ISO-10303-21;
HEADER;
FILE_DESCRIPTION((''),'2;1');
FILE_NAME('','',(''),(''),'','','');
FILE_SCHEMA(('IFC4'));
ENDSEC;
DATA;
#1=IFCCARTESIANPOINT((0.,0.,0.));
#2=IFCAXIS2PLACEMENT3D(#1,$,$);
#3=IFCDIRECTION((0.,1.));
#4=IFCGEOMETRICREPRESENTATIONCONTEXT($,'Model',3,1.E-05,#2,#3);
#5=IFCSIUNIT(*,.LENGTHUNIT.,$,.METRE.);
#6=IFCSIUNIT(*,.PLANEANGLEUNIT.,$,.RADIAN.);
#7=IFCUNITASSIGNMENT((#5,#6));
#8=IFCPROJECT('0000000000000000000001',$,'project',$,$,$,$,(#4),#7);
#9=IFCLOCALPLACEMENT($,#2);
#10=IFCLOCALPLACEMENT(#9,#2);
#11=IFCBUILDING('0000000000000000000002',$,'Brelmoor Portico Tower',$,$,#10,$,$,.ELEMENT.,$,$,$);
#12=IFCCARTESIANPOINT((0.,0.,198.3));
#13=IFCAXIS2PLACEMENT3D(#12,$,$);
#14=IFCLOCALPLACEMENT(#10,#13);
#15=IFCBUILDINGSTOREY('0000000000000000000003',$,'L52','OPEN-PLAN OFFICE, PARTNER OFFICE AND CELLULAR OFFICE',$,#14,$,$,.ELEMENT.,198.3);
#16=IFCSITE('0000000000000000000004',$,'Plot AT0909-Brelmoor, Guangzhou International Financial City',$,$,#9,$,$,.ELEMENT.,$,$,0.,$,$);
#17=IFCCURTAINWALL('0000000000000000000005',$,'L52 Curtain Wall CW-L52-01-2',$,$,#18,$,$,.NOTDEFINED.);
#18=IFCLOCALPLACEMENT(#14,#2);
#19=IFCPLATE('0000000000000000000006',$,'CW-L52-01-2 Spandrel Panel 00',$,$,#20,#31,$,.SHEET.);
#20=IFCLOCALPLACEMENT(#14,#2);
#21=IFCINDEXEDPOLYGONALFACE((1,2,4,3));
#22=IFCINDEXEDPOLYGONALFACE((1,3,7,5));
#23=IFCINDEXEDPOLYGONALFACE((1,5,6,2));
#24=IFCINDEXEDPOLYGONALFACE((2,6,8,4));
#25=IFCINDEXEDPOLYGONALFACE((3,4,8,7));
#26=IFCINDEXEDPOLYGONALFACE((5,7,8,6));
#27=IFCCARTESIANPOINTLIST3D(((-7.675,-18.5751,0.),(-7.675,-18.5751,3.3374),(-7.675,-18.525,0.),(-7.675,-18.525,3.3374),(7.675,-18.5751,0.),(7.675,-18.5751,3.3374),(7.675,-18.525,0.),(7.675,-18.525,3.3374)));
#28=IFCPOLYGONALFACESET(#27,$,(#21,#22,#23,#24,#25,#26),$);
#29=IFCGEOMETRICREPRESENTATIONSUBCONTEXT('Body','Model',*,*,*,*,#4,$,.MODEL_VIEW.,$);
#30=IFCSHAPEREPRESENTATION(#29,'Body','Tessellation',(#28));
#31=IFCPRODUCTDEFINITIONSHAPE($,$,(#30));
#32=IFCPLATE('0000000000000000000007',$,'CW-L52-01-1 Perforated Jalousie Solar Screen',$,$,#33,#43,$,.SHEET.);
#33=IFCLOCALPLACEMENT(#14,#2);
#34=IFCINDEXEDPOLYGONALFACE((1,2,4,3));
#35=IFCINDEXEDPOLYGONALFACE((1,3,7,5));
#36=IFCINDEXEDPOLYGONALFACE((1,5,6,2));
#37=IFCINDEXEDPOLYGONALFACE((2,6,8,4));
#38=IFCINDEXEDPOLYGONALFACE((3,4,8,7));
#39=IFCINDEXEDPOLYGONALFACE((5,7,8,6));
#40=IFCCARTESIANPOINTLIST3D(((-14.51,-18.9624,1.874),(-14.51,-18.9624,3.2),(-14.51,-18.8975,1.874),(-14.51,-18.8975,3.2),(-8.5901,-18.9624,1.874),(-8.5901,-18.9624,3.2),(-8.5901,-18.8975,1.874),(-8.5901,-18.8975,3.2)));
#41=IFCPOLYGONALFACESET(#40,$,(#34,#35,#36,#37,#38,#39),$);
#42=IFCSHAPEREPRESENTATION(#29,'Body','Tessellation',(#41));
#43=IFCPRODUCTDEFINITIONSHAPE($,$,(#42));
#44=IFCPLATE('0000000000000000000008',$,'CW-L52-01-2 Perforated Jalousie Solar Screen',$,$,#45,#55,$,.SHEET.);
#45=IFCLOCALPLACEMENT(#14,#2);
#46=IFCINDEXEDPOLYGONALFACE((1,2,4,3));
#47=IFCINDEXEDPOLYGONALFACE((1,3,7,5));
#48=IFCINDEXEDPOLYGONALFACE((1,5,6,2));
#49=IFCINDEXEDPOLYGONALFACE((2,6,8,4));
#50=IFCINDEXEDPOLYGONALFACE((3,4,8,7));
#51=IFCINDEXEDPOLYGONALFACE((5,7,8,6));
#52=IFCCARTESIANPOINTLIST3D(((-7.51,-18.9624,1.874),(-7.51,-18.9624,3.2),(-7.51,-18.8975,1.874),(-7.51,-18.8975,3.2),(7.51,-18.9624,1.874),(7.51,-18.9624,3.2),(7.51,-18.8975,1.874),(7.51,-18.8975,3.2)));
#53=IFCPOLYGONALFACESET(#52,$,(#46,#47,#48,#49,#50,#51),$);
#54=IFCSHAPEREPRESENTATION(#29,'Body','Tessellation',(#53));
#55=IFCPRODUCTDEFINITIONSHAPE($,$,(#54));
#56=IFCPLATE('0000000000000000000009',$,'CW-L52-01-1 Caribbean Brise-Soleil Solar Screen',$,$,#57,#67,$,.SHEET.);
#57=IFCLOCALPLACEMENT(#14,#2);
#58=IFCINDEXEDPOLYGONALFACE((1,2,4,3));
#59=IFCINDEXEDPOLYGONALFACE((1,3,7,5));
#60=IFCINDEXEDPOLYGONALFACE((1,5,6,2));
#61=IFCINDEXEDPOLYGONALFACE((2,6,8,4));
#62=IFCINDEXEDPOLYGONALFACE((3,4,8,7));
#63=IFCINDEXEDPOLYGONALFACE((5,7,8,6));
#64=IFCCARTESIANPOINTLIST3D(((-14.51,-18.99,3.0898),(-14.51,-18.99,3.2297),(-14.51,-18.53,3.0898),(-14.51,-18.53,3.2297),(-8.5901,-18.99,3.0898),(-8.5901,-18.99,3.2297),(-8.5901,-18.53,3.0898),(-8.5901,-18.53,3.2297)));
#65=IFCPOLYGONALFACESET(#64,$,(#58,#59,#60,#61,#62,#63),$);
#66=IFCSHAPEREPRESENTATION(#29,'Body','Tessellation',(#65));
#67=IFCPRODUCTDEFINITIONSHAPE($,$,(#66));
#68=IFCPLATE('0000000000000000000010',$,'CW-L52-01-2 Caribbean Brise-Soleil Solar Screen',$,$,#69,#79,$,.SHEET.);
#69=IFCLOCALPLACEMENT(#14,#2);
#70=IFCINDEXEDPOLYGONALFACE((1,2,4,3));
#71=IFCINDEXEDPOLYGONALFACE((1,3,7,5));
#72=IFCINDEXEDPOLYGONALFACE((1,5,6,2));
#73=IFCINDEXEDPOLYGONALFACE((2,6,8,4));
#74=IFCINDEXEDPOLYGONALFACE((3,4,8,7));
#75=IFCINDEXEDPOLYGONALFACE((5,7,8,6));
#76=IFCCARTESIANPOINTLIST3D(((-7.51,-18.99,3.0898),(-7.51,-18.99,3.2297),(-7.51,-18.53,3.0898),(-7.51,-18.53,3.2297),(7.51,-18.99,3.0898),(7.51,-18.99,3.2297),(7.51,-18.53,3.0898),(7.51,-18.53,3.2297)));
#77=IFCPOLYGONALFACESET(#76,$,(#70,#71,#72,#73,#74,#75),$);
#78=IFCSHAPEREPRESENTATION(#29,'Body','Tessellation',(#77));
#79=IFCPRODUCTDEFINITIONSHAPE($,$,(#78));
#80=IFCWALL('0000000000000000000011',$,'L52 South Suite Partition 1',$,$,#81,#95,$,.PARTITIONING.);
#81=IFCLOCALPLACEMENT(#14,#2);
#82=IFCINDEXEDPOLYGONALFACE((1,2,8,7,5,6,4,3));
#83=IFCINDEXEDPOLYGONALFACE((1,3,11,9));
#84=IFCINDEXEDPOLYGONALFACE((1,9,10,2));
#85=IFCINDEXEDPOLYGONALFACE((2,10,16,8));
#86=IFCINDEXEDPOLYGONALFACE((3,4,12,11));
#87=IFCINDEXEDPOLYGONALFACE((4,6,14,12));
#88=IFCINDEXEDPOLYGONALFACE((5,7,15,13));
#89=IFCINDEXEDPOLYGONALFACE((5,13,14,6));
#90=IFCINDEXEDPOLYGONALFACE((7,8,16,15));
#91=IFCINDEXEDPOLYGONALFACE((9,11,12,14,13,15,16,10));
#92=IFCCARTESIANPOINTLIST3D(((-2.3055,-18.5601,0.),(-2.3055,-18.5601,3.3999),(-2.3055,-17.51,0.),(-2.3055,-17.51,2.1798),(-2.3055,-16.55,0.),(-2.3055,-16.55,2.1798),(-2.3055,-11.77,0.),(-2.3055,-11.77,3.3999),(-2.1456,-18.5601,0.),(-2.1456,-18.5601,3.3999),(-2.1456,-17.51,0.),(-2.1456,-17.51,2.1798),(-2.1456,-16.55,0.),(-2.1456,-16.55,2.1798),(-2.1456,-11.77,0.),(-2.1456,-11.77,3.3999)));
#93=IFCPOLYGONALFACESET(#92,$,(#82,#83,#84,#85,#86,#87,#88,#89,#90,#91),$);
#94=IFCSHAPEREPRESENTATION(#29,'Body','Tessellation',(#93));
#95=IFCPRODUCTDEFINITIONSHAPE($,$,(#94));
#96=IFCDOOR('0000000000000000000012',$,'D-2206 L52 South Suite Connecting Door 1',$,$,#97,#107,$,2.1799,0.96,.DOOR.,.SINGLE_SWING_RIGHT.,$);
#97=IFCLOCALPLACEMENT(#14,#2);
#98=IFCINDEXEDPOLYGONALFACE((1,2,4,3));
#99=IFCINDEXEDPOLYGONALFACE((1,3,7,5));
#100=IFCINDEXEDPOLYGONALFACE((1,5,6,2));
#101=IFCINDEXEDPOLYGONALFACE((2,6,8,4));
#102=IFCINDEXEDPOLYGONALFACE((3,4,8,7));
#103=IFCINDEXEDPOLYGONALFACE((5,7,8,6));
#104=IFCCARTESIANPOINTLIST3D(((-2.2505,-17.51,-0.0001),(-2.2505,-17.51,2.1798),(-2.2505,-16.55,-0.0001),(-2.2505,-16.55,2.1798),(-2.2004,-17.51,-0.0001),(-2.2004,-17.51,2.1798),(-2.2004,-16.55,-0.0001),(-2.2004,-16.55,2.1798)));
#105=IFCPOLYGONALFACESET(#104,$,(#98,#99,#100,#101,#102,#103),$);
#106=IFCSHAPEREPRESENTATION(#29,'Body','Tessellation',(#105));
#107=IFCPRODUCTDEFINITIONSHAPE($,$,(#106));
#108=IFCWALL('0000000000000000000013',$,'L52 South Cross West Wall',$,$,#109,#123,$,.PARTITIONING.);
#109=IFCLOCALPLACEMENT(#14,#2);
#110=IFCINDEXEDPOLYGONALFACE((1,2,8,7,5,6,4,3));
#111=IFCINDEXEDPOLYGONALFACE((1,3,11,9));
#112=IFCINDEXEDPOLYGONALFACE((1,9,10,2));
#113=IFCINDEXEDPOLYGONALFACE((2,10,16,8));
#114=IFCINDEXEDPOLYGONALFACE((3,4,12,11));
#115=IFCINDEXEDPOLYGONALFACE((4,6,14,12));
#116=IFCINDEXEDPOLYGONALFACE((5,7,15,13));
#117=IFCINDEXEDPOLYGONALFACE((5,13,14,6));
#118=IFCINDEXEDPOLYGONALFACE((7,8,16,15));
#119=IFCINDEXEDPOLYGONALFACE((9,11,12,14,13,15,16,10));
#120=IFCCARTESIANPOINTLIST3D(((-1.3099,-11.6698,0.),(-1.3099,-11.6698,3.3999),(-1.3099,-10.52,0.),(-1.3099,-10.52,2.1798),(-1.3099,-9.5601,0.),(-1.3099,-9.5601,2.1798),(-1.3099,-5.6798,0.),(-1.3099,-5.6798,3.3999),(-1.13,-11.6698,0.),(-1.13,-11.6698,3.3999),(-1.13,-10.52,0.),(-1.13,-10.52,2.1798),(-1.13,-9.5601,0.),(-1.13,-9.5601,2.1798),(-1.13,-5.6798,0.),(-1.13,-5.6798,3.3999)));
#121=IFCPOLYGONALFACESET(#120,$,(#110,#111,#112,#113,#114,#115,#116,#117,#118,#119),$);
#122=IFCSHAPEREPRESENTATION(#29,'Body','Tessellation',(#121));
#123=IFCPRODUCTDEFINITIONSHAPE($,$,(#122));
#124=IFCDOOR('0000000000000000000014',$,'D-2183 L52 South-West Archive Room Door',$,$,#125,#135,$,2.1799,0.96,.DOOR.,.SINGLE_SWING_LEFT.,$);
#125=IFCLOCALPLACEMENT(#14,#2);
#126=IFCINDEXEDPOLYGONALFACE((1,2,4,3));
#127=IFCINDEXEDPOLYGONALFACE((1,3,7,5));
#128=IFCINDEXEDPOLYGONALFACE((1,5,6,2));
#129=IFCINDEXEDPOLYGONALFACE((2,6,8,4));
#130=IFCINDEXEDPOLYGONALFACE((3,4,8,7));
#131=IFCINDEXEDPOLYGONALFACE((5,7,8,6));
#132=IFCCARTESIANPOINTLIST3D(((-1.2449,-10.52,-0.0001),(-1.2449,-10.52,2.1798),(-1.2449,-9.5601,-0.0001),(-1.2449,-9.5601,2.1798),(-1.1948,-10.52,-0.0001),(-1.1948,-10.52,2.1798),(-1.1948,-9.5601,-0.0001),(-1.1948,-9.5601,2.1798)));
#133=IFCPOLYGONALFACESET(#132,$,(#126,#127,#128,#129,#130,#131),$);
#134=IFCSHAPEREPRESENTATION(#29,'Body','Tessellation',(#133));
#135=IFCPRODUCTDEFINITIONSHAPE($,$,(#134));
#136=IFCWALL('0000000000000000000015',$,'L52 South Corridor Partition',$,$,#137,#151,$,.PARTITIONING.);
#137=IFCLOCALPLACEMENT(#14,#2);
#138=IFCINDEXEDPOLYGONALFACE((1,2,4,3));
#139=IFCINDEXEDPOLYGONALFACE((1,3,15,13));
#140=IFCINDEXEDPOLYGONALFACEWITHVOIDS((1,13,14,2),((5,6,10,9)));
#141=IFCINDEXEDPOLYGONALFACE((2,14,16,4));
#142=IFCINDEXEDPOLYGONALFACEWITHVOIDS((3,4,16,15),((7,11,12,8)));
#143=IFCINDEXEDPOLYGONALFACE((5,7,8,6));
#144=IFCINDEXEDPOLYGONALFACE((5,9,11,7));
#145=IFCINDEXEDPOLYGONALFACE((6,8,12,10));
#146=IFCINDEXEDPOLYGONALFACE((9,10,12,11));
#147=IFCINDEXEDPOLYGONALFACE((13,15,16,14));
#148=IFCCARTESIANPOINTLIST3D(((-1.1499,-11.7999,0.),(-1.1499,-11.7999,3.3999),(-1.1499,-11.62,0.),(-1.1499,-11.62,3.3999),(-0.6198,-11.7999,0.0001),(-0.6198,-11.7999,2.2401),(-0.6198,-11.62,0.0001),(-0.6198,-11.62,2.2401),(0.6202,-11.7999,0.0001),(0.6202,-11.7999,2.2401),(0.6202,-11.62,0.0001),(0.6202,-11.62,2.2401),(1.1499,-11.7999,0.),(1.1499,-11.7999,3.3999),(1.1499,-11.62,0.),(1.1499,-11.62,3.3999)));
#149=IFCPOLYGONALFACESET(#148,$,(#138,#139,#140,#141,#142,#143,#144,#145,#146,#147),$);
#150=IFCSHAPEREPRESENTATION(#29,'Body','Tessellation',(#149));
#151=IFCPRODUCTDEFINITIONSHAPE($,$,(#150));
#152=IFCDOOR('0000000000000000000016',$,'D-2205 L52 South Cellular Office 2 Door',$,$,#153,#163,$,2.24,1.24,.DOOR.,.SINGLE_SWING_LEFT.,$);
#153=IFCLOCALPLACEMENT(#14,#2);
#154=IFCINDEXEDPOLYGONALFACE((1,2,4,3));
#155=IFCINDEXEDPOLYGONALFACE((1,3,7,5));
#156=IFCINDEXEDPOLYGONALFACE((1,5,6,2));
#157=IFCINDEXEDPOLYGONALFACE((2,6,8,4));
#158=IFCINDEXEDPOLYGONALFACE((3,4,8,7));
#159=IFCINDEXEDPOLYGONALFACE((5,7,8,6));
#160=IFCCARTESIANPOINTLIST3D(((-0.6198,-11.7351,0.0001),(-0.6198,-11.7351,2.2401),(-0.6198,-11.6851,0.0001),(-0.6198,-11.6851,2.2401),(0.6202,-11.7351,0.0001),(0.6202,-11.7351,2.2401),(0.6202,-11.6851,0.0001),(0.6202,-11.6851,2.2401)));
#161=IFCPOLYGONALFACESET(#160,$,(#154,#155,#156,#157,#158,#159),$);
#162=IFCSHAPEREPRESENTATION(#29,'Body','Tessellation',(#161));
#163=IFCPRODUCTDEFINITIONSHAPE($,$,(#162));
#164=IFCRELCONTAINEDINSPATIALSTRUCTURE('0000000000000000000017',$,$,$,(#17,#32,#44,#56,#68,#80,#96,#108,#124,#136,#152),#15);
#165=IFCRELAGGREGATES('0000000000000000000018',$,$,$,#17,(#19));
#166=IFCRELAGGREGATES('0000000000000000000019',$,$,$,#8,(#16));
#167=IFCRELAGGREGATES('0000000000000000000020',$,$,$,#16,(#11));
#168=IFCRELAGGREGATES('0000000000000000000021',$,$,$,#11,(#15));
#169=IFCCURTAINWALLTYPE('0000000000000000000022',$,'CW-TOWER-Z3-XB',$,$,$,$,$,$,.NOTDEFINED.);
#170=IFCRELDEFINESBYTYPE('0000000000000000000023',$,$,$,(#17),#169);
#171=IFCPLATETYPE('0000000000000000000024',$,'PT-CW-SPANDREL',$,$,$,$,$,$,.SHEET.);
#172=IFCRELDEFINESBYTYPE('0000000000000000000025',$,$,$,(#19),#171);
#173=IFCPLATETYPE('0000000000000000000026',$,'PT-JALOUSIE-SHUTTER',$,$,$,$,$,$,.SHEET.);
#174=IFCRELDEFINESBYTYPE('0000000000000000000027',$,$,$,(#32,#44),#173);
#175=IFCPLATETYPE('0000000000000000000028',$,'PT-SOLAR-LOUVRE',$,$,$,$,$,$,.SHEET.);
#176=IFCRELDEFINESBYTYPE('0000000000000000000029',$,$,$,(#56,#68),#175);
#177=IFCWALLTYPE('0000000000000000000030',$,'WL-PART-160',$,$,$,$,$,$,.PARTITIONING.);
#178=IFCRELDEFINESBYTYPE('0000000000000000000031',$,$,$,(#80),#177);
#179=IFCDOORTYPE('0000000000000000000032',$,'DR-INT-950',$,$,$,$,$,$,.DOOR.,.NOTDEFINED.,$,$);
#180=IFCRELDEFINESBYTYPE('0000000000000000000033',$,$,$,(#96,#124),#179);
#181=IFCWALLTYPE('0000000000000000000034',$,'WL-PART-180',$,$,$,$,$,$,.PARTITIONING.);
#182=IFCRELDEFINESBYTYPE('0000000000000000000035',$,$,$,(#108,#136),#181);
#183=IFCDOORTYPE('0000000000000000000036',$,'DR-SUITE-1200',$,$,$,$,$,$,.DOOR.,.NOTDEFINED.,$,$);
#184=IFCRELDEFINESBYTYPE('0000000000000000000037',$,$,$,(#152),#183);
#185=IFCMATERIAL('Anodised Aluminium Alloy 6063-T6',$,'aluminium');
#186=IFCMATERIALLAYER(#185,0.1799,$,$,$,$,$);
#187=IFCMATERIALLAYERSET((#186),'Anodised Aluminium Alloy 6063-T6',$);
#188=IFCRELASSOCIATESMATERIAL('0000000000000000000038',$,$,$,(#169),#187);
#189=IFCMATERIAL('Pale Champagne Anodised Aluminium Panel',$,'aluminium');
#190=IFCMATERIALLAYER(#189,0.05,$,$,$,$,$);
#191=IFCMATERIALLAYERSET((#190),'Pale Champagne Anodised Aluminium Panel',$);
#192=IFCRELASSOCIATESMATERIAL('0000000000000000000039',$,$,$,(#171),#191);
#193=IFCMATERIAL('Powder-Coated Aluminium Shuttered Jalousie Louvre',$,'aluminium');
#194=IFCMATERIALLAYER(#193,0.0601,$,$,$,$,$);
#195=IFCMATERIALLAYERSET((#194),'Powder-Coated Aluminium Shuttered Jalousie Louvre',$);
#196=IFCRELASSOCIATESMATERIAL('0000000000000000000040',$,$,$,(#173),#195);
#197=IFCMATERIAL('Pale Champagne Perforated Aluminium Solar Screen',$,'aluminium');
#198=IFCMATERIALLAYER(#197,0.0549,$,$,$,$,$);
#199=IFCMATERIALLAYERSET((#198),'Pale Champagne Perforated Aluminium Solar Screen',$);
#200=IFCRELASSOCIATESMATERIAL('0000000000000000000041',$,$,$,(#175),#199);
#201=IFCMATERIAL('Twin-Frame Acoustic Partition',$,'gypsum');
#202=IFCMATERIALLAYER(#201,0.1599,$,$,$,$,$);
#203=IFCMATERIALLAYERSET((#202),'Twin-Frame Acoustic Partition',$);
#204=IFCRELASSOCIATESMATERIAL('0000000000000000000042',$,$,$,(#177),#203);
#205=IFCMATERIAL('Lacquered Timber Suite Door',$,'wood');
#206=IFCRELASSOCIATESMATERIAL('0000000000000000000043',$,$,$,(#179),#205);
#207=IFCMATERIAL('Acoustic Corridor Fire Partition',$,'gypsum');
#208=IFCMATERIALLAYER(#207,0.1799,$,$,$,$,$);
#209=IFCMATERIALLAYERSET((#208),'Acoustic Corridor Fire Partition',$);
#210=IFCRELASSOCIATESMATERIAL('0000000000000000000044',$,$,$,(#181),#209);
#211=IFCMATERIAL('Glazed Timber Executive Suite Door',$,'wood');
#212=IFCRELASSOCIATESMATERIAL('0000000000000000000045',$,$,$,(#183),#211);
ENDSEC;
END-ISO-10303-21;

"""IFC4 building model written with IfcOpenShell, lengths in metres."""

from ifc_helpers import new_model, si_unit, direction, frame, frame_2d, origin, origin_2d, place, context, subcontext, project, spatial, rectangle, extrude, material, layer, layer_set, type_object, element, fill, aggregate, save


model = new_model("IFC4")

# Units and contexts
model_context = context("Model", 3, precision=1e-05, world=origin(), true_north=direction((0.0, 1.0)))
body_context = subcontext(model_context, "Body", "Model", "MODEL_VIEW")
ifc_project = project(units=[si_unit("LENGTHUNIT", "METRE"), si_unit("PLANEANGLEUNIT", "RADIAN")], contexts=[model_context])

# Site, building, storey
site_placement = place(None, origin())
site = spatial("IfcSite", under=ifc_project, at=site_placement, Name="Plot AT0909-Brelmoor, Guangzhou International Financial City", CompositionType="ELEMENT", RefElevation=0.0)
building_placement = place(site_placement, origin())
building = spatial("IfcBuilding", under=site, at=building_placement, Name="Brelmoor Portico Tower", CompositionType="ELEMENT")
storey_placement = place(building_placement, frame((0.0, 0.0, 198.3)))
storey = spatial("IfcBuildingStorey", under=building, at=storey_placement, Name="L52", Description="OPEN-PLAN OFFICE, PARTNER OFFICE AND CELLULAR OFFICE", CompositionType="ELEMENT", Elevation=198.3)

# Shared definitions
ifc_material_1 = material(Name="Anodised Aluminium Alloy 6063-T6", Category="aluminium")
ifc_layer_1 = layer(ifc_material_1, 0.1799)
ifc_layer_set_1 = layer_set([ifc_layer_1], Name="Anodised Aluminium Alloy 6063-T6")
curtain_wall_type = type_object("IfcCurtainWallType", Name="CW-TOWER-Z3-XB", PredefinedType="NOTDEFINED", material=ifc_layer_set_1)

# Curtain wall
curtain_wall_1_placement = place(storey_placement, origin())
curtain_wall_1 = element("IfcCurtainWall", 1, at=curtain_wall_1_placement, inside=storey, type_object=curtain_wall_type, Name="L52 Curtain Wall CW-L52-01-2", PredefinedType="NOTDEFINED")

# Plate
ifc_material_2 = material(Name="Pale Champagne Anodised Aluminium Panel", Category="aluminium")
ifc_layer_2 = layer(ifc_material_2, 0.05)
ifc_layer_set_2 = layer_set([ifc_layer_2], Name="Pale Champagne Anodised Aluminium Panel")
plate_type_1 = type_object("IfcPlateType", Name="PT-CW-SPANDREL", PredefinedType="SHEET", material=ifc_layer_set_2)
plate_1_placement = place(storey_placement, frame((0.0, -18.55, 0.0), z_axis=(0.0, 0.0, 1.0), x_axis=(1.0, 0.0, 0.0)))
plate_1 = element("IfcPlate", 2, at=plate_1_placement, type_object=plate_type_1, Name="CW-L52-01-2 Spandrel Panel 00", PredefinedType="SHEET", context=body_context, shape_type="SweptSolid", body=[
    extrude(rectangle(XDim=15.3501, YDim=0.05, at=origin_2d()), origin(), (0.0, 0.0, 1.0), 3.3374),
])
aggregate(curtain_wall_1, [plate_1])

# Plates
ifc_material_3 = material(Name="Powder-Coated Aluminium Shuttered Jalousie Louvre", Category="aluminium")
ifc_layer_3 = layer(ifc_material_3, 0.0601)
ifc_layer_set_3 = layer_set([ifc_layer_3], Name="Powder-Coated Aluminium Shuttered Jalousie Louvre")
plate_type_2 = type_object("IfcPlateType", Name="PT-JALOUSIE-SHUTTER", PredefinedType="SHEET", material=ifc_layer_set_3)
plate_2_placement = place(storey_placement, frame((-11.55, -18.9299, 1.874), z_axis=(0.0, 0.0, 1.0), x_axis=(1.0, 0.0, 0.0)))
element("IfcPlate", 3, at=plate_2_placement, inside=storey, type_object=plate_type_2, Name="CW-L52-01-1 Perforated Jalousie Solar Screen", PredefinedType="SHEET", context=body_context, shape_type="SweptSolid", body=[
    extrude(rectangle(XDim=5.9199, YDim=0.0649, at=origin_2d()), origin(), (0.0, 0.0, 1.0), 1.3259),
])
plate_3_placement = place(storey_placement, frame((0.0, -18.9299, 1.874), z_axis=(0.0, 0.0, 1.0), x_axis=(1.0, 0.0, 0.0)))
element("IfcPlate", 4, at=plate_3_placement, inside=storey, type_object=plate_type_2, Name="CW-L52-01-2 Perforated Jalousie Solar Screen", PredefinedType="SHEET", context=body_context, shape_type="SweptSolid", body=[
    extrude(rectangle(XDim=15.02, YDim=0.0649, at=origin_2d()), origin(), (0.0, 0.0, 1.0), 1.3259),
])
ifc_material_4 = material(Name="Pale Champagne Perforated Aluminium Solar Screen", Category="aluminium")
ifc_layer_4 = layer(ifc_material_4, 0.0549)
ifc_layer_set_4 = layer_set([ifc_layer_4], Name="Pale Champagne Perforated Aluminium Solar Screen")
plate_type_3 = type_object("IfcPlateType", Name="PT-SOLAR-LOUVRE", PredefinedType="SHEET", material=ifc_layer_set_4)
plate_4_placement = place(storey_placement, frame((-11.55, -18.76, 3.0898), z_axis=(0.0, 0.0, 1.0), x_axis=(1.0, 0.0, 0.0)))
element("IfcPlate", 5, at=plate_4_placement, inside=storey, type_object=plate_type_3, Name="CW-L52-01-1 Caribbean Brise-Soleil Solar Screen", PredefinedType="SHEET", context=body_context, shape_type="SweptSolid", body=[
    extrude(rectangle(XDim=5.9199, YDim=0.46, at=origin_2d()), origin(), (0.0, 0.0, 1.0), 0.1399),
])
plate_5_placement = place(storey_placement, frame((0.0, -18.76, 3.0898), z_axis=(0.0, 0.0, 1.0), x_axis=(1.0, 0.0, 0.0)))
element("IfcPlate", 6, at=plate_5_placement, inside=storey, type_object=plate_type_3, Name="CW-L52-01-2 Caribbean Brise-Soleil Solar Screen", PredefinedType="SHEET", context=body_context, shape_type="SweptSolid", body=[
    extrude(rectangle(XDim=15.02, YDim=0.46, at=origin_2d()), origin(), (0.0, 0.0, 1.0), 0.1399),
])

# Walls, openings, doors
ifc_material_5 = material(Name="Twin-Frame Acoustic Partition", Category="gypsum")
ifc_layer_5 = layer(ifc_material_5, 0.1599)
ifc_layer_set_5 = layer_set([ifc_layer_5], Name="Twin-Frame Acoustic Partition")
wall_type_1 = type_object("IfcWallType", Name="WL-PART-160", PredefinedType="PARTITIONING", material=ifc_layer_set_5)
wall_1_placement = place(storey_placement, frame((-2.2256, -18.5601, 0.0), z_axis=(0.0, 0.0, 1.0), x_axis=(0.0, 1.0, 0.0)))
wall_1 = element("IfcWall", 7, at=wall_1_placement, inside=storey, type_object=wall_type_1, Name="L52 South Suite Partition 1", PredefinedType="PARTITIONING", context=body_context, shape_type="SweptSolid", body=[
    extrude(rectangle(XDim=6.79, YDim=0.1599, at=frame_2d((3.395, 0.0))), origin(), (0.0, 0.0, 1.0), 3.3999),
])
opening_1_placement = place(wall_1_placement, frame((1.05, 0.0, 0.0)))
opening_1 = element("IfcOpeningElement", 8, at=opening_1_placement, cuts=wall_1, PredefinedType="OPENING", context=body_context, shape_type="SweptSolid", body=[
    extrude(rectangle(XDim=0.96, YDim=2.1799, at=frame_2d((0.48, 1.0898))), frame((0.0, 0.0898, 0.0), z_axis=(0.0, -1.0, 0.0), x_axis=(1.0, 0.0, 0.0)), (0.0, 0.0, 1.0), 0.1799),
])
ifc_material_6 = material(Name="Lacquered Timber Suite Door", Category="wood")
door_type_1 = type_object("IfcDoorType", Name="DR-INT-950", OperationType="NOTDEFINED", PredefinedType="DOOR", material=ifc_material_6)
door_1_placement = place(opening_1_placement, origin())
door_1 = element("IfcDoor", 9, at=door_1_placement, inside=storey, type_object=door_type_1, Name="D-2206 L52 South Suite Connecting Door 1", OperationType="SINGLE_SWING_RIGHT", OverallHeight=2.1799, OverallWidth=0.96, PredefinedType="DOOR", context=body_context, shape_type="SweptSolid", body=[
    extrude(rectangle(XDim=0.96, YDim=2.1799, at=frame_2d((0.48, 1.0898))), frame((0.0, 0.0249, 0.0), z_axis=(0.0, -1.0, 0.0), x_axis=(1.0, 0.0, 0.0)), (0.0, 0.0, 1.0), 0.05),
])
fill(opening_1, door_1)
ifc_material_7 = material(Name="Acoustic Corridor Fire Partition", Category="gypsum")
ifc_layer_6 = layer(ifc_material_7, 0.1799)
ifc_layer_set_6 = layer_set([ifc_layer_6], Name="Acoustic Corridor Fire Partition")
wall_type_2 = type_object("IfcWallType", Name="WL-PART-180", PredefinedType="PARTITIONING", material=ifc_layer_set_6)
wall_2_placement = place(storey_placement, frame((-1.22, -11.6699, 0.0), z_axis=(0.0, 0.0, 1.0), x_axis=(0.0, 1.0, 0.0)))
wall_2 = element("IfcWall", 10, at=wall_2_placement, inside=storey, type_object=wall_type_2, Name="L52 South Cross West Wall", PredefinedType="PARTITIONING", context=body_context, shape_type="SweptSolid", body=[
    extrude(rectangle(XDim=5.99, YDim=0.1799, at=frame_2d((2.9951, 0.0))), origin(), (0.0, 0.0, 1.0), 3.3999),
])
opening_2_placement = place(wall_2_placement, frame((1.1499, 0.0, 0.0)))
opening_2 = element("IfcOpeningElement", 11, at=opening_2_placement, cuts=wall_2, PredefinedType="OPENING", context=body_context, shape_type="SweptSolid", body=[
    extrude(rectangle(XDim=0.96, YDim=2.1799, at=frame_2d((0.48, 1.0898))), frame((0.0, 0.0999, 0.0), z_axis=(0.0, -1.0, 0.0), x_axis=(1.0, 0.0, 0.0)), (0.0, 0.0, 1.0), 0.2),
])
door_2_placement = place(opening_2_placement, origin())
door_2 = element("IfcDoor", 12, at=door_2_placement, inside=storey, type_object=door_type_1, Name="D-2183 L52 South-West Archive Room Door", OperationType="SINGLE_SWING_LEFT", OverallHeight=2.1799, OverallWidth=0.96, PredefinedType="DOOR", context=body_context, shape_type="SweptSolid", body=[
    extrude(rectangle(XDim=0.96, YDim=2.1799, at=frame_2d((0.48, 1.0898))), frame((0.0, 0.0249, 0.0), z_axis=(0.0, -1.0, 0.0), x_axis=(1.0, 0.0, 0.0)), (0.0, 0.0, 1.0), 0.05),
])
fill(opening_2, door_2)
wall_3_placement = place(storey_placement, frame((-1.1499, -11.71, 0.0), z_axis=(0.0, 0.0, 1.0), x_axis=(1.0, 0.0, 0.0)))
wall_3 = element("IfcWall", 13, at=wall_3_placement, inside=storey, type_object=wall_type_2, Name="L52 South Corridor Partition", PredefinedType="PARTITIONING", context=body_context, shape_type="SweptSolid", body=[
    extrude(rectangle(XDim=2.2998, YDim=0.1799, at=frame_2d((1.1499, 0.0))), origin(), (0.0, 0.0, 1.0), 3.3999),
])
opening_3_placement = place(wall_3_placement, frame((0.53, 0.0, 0.0)))
opening_3 = element("IfcOpeningElement", 14, at=opening_3_placement, cuts=wall_3, PredefinedType="OPENING", context=body_context, shape_type="SweptSolid", body=[
    extrude(rectangle(XDim=1.24, YDim=2.24, at=frame_2d((0.6201, 1.1201))), frame((0.0, 0.0999, 0.0), z_axis=(0.0, -1.0, 0.0), x_axis=(1.0, 0.0, 0.0)), (0.0, 0.0, 1.0), 0.2),
])
ifc_material_8 = material(Name="Glazed Timber Executive Suite Door", Category="wood")
door_type_2 = type_object("IfcDoorType", Name="DR-SUITE-1200", OperationType="NOTDEFINED", PredefinedType="DOOR", material=ifc_material_8)
door_3_placement = place(opening_3_placement, origin())
door_3 = element("IfcDoor", 15, at=door_3_placement, inside=storey, type_object=door_type_2, Name="D-2205 L52 South Cellular Office 2 Door", OperationType="SINGLE_SWING_LEFT", OverallHeight=2.24, OverallWidth=1.24, PredefinedType="DOOR", context=body_context, shape_type="SweptSolid", body=[
    extrude(rectangle(XDim=1.24, YDim=2.24, at=frame_2d((0.6201, 1.1201))), frame((0.0, 0.0249, 0.0), z_axis=(0.0, -1.0, 0.0), x_axis=(1.0, 0.0, 0.0)), (0.0, 0.0, 1.0), 0.05),
])
fill(opening_3, door_3)

save(model, "model.ifc")
